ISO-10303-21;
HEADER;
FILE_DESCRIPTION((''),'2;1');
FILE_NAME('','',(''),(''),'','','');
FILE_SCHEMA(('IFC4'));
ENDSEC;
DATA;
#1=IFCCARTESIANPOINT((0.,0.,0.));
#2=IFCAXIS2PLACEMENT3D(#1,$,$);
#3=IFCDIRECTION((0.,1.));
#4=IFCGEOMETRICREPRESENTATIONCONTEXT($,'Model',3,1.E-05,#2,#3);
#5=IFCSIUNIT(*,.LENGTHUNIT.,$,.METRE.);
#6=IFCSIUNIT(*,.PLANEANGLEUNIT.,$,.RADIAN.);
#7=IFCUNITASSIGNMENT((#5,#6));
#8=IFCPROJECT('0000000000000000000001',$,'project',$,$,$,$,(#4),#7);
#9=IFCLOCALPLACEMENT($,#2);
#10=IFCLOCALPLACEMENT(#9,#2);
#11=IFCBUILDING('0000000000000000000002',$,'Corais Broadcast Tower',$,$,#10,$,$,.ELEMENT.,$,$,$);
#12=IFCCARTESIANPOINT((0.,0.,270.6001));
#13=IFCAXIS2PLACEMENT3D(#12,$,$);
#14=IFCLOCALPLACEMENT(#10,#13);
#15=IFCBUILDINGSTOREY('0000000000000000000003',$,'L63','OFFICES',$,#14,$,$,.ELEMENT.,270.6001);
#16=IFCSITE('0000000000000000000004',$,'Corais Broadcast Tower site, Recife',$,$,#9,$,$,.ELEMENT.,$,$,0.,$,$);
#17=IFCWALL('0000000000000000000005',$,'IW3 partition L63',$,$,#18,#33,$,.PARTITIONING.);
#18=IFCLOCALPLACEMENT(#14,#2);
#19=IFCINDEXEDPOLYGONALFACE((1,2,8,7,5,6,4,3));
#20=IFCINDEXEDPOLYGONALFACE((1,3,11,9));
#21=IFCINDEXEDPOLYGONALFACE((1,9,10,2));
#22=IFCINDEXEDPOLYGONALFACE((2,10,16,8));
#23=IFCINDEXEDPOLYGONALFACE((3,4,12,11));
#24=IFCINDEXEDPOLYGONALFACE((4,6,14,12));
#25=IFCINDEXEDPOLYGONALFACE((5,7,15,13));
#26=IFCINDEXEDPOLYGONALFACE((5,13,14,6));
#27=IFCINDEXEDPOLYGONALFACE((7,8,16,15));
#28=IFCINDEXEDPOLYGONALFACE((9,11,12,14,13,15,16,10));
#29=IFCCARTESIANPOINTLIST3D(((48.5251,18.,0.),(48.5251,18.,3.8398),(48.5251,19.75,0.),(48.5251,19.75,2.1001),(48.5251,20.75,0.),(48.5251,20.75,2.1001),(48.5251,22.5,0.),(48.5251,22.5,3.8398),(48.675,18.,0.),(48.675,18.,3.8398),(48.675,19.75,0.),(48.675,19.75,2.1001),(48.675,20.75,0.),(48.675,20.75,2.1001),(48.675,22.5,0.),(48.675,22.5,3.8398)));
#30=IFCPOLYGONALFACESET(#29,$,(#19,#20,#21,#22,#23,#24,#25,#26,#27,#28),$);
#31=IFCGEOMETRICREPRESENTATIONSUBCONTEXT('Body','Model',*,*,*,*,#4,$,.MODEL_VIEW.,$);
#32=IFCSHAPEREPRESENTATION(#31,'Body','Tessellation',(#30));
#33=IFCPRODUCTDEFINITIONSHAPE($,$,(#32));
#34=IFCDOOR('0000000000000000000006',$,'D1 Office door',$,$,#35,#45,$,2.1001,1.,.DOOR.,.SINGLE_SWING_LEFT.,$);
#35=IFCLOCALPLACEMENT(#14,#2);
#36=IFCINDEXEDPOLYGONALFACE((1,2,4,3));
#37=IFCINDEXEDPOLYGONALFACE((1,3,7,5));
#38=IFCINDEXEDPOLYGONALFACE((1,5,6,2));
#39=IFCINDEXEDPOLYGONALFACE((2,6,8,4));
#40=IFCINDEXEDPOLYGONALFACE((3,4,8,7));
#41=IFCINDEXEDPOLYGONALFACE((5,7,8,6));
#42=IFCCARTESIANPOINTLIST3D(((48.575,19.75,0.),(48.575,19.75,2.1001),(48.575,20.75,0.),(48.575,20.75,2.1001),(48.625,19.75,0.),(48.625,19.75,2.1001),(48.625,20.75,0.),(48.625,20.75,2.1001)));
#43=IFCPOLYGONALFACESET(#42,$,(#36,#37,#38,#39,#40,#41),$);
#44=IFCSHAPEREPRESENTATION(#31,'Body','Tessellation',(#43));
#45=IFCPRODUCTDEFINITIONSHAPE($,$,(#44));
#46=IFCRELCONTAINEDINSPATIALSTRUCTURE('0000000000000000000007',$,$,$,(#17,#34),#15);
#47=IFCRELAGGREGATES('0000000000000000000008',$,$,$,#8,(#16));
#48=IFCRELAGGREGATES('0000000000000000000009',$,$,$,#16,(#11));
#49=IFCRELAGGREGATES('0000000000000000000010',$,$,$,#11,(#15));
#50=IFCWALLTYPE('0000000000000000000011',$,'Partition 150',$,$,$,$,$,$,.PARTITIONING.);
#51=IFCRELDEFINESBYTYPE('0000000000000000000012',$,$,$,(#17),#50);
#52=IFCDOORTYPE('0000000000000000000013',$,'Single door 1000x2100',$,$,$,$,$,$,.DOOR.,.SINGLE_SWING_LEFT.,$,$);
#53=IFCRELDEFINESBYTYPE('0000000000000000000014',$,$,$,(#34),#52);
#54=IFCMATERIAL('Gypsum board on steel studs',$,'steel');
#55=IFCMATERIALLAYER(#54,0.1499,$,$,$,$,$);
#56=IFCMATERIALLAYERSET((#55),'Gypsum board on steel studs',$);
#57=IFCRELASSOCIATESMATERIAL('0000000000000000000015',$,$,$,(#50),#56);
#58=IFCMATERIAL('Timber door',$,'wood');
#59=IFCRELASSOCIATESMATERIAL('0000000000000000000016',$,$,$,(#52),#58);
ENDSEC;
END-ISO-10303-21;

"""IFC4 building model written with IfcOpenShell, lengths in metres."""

from ifc_helpers import new_model, si_unit, direction, frame, frame_2d, origin, place, context, subcontext, project, spatial, rectangle, extrude, material, layer, layer_set, type_object, element, fill, save


model = new_model("IFC4")

# Units and contexts
model_context = context("Model", 3, precision=1e-05, world=origin(), true_north=direction((0.0, 1.0)))
body_context = subcontext(model_context, "Body", "Model", "MODEL_VIEW")
ifc_project = project(units=[si_unit("LENGTHUNIT", "METRE"), si_unit("PLANEANGLEUNIT", "RADIAN")], contexts=[model_context])

# Site, building, storey
site_placement = place(None, origin())
site = spatial("IfcSite", under=ifc_project, at=site_placement, Name="Corais Broadcast Tower site, Recife", CompositionType="ELEMENT", RefElevation=0.0)
building_placement = place(site_placement, origin())
building = spatial("IfcBuilding", under=site, at=building_placement, Name="Corais Broadcast Tower", CompositionType="ELEMENT")
storey_placement = place(building_placement, frame((0.0, 0.0, 270.6001)))
storey = spatial("IfcBuildingStorey", under=building, at=storey_placement, Name="L63", Description="OFFICES", CompositionType="ELEMENT", Elevation=270.6001)

# Shared definitions
ifc_material_1 = material(Name="Gypsum board on steel studs", Category="steel")
ifc_layer_1 = layer(ifc_material_1, 0.1499)
ifc_layer_set_1 = layer_set([ifc_layer_1], Name="Gypsum board on steel studs")
wall_type = type_object("IfcWallType", Name="Partition 150", PredefinedType="PARTITIONING", material=ifc_layer_set_1)

# Wall, opening, door
wall_placement = place(storey_placement, frame((48.6001, 22.5, 0.0), z_axis=(0.0, 0.0, 1.0), x_axis=(0.0, -1.0, 0.0)))
wall = element("IfcWall", 1, at=wall_placement, inside=storey, type_object=wall_type, Name="IW3 partition L63", PredefinedType="PARTITIONING", context=body_context, shape_type="SweptSolid", body=[
    extrude(rectangle(XDim=4.5, YDim=0.1499, at=frame_2d((2.25, 0.0))), origin(), (0.0, 0.0, 1.0), 3.8398),
])
opening_placement = place(wall_placement, frame((1.75, 0.0, 0.0)))
opening = element("IfcOpeningElement", 2, at=opening_placement, cuts=wall, PredefinedType="OPENING", context=body_context, shape_type="SweptSolid", body=[
    extrude(rectangle(XDim=1.0, YDim=2.1001, at=frame_2d((0.5, 1.05))), frame((0.0, 0.085, 0.0), z_axis=(0.0, -1.0, 0.0), x_axis=(1.0, 0.0, 0.0)), (0.0, 0.0, 1.0), 0.1699),
])
ifc_material_2 = material(Name="Timber door", Category="wood")
door_type = type_object("IfcDoorType", Name="Single door 1000x2100", OperationType="SINGLE_SWING_LEFT", PredefinedType="DOOR", material=ifc_material_2)
door_placement = place(opening_placement, origin())
door = element("IfcDoor", 3, at=door_placement, inside=storey, type_object=door_type, Name="D1 Office door", OperationType="SINGLE_SWING_LEFT", OverallHeight=2.1001, OverallWidth=1.0, PredefinedType="DOOR", context=body_context, shape_type="SweptSolid", body=[
    extrude(rectangle(XDim=1.0, YDim=2.1001, at=frame_2d((0.5, 1.05))), frame((0.0, 0.0249, 0.0), z_axis=(0.0, -1.0, 0.0), x_axis=(1.0, 0.0, 0.0)), (0.0, 0.0, 1.0), 0.05),
])
fill(opening, door)

save(model, "model.ifc")
